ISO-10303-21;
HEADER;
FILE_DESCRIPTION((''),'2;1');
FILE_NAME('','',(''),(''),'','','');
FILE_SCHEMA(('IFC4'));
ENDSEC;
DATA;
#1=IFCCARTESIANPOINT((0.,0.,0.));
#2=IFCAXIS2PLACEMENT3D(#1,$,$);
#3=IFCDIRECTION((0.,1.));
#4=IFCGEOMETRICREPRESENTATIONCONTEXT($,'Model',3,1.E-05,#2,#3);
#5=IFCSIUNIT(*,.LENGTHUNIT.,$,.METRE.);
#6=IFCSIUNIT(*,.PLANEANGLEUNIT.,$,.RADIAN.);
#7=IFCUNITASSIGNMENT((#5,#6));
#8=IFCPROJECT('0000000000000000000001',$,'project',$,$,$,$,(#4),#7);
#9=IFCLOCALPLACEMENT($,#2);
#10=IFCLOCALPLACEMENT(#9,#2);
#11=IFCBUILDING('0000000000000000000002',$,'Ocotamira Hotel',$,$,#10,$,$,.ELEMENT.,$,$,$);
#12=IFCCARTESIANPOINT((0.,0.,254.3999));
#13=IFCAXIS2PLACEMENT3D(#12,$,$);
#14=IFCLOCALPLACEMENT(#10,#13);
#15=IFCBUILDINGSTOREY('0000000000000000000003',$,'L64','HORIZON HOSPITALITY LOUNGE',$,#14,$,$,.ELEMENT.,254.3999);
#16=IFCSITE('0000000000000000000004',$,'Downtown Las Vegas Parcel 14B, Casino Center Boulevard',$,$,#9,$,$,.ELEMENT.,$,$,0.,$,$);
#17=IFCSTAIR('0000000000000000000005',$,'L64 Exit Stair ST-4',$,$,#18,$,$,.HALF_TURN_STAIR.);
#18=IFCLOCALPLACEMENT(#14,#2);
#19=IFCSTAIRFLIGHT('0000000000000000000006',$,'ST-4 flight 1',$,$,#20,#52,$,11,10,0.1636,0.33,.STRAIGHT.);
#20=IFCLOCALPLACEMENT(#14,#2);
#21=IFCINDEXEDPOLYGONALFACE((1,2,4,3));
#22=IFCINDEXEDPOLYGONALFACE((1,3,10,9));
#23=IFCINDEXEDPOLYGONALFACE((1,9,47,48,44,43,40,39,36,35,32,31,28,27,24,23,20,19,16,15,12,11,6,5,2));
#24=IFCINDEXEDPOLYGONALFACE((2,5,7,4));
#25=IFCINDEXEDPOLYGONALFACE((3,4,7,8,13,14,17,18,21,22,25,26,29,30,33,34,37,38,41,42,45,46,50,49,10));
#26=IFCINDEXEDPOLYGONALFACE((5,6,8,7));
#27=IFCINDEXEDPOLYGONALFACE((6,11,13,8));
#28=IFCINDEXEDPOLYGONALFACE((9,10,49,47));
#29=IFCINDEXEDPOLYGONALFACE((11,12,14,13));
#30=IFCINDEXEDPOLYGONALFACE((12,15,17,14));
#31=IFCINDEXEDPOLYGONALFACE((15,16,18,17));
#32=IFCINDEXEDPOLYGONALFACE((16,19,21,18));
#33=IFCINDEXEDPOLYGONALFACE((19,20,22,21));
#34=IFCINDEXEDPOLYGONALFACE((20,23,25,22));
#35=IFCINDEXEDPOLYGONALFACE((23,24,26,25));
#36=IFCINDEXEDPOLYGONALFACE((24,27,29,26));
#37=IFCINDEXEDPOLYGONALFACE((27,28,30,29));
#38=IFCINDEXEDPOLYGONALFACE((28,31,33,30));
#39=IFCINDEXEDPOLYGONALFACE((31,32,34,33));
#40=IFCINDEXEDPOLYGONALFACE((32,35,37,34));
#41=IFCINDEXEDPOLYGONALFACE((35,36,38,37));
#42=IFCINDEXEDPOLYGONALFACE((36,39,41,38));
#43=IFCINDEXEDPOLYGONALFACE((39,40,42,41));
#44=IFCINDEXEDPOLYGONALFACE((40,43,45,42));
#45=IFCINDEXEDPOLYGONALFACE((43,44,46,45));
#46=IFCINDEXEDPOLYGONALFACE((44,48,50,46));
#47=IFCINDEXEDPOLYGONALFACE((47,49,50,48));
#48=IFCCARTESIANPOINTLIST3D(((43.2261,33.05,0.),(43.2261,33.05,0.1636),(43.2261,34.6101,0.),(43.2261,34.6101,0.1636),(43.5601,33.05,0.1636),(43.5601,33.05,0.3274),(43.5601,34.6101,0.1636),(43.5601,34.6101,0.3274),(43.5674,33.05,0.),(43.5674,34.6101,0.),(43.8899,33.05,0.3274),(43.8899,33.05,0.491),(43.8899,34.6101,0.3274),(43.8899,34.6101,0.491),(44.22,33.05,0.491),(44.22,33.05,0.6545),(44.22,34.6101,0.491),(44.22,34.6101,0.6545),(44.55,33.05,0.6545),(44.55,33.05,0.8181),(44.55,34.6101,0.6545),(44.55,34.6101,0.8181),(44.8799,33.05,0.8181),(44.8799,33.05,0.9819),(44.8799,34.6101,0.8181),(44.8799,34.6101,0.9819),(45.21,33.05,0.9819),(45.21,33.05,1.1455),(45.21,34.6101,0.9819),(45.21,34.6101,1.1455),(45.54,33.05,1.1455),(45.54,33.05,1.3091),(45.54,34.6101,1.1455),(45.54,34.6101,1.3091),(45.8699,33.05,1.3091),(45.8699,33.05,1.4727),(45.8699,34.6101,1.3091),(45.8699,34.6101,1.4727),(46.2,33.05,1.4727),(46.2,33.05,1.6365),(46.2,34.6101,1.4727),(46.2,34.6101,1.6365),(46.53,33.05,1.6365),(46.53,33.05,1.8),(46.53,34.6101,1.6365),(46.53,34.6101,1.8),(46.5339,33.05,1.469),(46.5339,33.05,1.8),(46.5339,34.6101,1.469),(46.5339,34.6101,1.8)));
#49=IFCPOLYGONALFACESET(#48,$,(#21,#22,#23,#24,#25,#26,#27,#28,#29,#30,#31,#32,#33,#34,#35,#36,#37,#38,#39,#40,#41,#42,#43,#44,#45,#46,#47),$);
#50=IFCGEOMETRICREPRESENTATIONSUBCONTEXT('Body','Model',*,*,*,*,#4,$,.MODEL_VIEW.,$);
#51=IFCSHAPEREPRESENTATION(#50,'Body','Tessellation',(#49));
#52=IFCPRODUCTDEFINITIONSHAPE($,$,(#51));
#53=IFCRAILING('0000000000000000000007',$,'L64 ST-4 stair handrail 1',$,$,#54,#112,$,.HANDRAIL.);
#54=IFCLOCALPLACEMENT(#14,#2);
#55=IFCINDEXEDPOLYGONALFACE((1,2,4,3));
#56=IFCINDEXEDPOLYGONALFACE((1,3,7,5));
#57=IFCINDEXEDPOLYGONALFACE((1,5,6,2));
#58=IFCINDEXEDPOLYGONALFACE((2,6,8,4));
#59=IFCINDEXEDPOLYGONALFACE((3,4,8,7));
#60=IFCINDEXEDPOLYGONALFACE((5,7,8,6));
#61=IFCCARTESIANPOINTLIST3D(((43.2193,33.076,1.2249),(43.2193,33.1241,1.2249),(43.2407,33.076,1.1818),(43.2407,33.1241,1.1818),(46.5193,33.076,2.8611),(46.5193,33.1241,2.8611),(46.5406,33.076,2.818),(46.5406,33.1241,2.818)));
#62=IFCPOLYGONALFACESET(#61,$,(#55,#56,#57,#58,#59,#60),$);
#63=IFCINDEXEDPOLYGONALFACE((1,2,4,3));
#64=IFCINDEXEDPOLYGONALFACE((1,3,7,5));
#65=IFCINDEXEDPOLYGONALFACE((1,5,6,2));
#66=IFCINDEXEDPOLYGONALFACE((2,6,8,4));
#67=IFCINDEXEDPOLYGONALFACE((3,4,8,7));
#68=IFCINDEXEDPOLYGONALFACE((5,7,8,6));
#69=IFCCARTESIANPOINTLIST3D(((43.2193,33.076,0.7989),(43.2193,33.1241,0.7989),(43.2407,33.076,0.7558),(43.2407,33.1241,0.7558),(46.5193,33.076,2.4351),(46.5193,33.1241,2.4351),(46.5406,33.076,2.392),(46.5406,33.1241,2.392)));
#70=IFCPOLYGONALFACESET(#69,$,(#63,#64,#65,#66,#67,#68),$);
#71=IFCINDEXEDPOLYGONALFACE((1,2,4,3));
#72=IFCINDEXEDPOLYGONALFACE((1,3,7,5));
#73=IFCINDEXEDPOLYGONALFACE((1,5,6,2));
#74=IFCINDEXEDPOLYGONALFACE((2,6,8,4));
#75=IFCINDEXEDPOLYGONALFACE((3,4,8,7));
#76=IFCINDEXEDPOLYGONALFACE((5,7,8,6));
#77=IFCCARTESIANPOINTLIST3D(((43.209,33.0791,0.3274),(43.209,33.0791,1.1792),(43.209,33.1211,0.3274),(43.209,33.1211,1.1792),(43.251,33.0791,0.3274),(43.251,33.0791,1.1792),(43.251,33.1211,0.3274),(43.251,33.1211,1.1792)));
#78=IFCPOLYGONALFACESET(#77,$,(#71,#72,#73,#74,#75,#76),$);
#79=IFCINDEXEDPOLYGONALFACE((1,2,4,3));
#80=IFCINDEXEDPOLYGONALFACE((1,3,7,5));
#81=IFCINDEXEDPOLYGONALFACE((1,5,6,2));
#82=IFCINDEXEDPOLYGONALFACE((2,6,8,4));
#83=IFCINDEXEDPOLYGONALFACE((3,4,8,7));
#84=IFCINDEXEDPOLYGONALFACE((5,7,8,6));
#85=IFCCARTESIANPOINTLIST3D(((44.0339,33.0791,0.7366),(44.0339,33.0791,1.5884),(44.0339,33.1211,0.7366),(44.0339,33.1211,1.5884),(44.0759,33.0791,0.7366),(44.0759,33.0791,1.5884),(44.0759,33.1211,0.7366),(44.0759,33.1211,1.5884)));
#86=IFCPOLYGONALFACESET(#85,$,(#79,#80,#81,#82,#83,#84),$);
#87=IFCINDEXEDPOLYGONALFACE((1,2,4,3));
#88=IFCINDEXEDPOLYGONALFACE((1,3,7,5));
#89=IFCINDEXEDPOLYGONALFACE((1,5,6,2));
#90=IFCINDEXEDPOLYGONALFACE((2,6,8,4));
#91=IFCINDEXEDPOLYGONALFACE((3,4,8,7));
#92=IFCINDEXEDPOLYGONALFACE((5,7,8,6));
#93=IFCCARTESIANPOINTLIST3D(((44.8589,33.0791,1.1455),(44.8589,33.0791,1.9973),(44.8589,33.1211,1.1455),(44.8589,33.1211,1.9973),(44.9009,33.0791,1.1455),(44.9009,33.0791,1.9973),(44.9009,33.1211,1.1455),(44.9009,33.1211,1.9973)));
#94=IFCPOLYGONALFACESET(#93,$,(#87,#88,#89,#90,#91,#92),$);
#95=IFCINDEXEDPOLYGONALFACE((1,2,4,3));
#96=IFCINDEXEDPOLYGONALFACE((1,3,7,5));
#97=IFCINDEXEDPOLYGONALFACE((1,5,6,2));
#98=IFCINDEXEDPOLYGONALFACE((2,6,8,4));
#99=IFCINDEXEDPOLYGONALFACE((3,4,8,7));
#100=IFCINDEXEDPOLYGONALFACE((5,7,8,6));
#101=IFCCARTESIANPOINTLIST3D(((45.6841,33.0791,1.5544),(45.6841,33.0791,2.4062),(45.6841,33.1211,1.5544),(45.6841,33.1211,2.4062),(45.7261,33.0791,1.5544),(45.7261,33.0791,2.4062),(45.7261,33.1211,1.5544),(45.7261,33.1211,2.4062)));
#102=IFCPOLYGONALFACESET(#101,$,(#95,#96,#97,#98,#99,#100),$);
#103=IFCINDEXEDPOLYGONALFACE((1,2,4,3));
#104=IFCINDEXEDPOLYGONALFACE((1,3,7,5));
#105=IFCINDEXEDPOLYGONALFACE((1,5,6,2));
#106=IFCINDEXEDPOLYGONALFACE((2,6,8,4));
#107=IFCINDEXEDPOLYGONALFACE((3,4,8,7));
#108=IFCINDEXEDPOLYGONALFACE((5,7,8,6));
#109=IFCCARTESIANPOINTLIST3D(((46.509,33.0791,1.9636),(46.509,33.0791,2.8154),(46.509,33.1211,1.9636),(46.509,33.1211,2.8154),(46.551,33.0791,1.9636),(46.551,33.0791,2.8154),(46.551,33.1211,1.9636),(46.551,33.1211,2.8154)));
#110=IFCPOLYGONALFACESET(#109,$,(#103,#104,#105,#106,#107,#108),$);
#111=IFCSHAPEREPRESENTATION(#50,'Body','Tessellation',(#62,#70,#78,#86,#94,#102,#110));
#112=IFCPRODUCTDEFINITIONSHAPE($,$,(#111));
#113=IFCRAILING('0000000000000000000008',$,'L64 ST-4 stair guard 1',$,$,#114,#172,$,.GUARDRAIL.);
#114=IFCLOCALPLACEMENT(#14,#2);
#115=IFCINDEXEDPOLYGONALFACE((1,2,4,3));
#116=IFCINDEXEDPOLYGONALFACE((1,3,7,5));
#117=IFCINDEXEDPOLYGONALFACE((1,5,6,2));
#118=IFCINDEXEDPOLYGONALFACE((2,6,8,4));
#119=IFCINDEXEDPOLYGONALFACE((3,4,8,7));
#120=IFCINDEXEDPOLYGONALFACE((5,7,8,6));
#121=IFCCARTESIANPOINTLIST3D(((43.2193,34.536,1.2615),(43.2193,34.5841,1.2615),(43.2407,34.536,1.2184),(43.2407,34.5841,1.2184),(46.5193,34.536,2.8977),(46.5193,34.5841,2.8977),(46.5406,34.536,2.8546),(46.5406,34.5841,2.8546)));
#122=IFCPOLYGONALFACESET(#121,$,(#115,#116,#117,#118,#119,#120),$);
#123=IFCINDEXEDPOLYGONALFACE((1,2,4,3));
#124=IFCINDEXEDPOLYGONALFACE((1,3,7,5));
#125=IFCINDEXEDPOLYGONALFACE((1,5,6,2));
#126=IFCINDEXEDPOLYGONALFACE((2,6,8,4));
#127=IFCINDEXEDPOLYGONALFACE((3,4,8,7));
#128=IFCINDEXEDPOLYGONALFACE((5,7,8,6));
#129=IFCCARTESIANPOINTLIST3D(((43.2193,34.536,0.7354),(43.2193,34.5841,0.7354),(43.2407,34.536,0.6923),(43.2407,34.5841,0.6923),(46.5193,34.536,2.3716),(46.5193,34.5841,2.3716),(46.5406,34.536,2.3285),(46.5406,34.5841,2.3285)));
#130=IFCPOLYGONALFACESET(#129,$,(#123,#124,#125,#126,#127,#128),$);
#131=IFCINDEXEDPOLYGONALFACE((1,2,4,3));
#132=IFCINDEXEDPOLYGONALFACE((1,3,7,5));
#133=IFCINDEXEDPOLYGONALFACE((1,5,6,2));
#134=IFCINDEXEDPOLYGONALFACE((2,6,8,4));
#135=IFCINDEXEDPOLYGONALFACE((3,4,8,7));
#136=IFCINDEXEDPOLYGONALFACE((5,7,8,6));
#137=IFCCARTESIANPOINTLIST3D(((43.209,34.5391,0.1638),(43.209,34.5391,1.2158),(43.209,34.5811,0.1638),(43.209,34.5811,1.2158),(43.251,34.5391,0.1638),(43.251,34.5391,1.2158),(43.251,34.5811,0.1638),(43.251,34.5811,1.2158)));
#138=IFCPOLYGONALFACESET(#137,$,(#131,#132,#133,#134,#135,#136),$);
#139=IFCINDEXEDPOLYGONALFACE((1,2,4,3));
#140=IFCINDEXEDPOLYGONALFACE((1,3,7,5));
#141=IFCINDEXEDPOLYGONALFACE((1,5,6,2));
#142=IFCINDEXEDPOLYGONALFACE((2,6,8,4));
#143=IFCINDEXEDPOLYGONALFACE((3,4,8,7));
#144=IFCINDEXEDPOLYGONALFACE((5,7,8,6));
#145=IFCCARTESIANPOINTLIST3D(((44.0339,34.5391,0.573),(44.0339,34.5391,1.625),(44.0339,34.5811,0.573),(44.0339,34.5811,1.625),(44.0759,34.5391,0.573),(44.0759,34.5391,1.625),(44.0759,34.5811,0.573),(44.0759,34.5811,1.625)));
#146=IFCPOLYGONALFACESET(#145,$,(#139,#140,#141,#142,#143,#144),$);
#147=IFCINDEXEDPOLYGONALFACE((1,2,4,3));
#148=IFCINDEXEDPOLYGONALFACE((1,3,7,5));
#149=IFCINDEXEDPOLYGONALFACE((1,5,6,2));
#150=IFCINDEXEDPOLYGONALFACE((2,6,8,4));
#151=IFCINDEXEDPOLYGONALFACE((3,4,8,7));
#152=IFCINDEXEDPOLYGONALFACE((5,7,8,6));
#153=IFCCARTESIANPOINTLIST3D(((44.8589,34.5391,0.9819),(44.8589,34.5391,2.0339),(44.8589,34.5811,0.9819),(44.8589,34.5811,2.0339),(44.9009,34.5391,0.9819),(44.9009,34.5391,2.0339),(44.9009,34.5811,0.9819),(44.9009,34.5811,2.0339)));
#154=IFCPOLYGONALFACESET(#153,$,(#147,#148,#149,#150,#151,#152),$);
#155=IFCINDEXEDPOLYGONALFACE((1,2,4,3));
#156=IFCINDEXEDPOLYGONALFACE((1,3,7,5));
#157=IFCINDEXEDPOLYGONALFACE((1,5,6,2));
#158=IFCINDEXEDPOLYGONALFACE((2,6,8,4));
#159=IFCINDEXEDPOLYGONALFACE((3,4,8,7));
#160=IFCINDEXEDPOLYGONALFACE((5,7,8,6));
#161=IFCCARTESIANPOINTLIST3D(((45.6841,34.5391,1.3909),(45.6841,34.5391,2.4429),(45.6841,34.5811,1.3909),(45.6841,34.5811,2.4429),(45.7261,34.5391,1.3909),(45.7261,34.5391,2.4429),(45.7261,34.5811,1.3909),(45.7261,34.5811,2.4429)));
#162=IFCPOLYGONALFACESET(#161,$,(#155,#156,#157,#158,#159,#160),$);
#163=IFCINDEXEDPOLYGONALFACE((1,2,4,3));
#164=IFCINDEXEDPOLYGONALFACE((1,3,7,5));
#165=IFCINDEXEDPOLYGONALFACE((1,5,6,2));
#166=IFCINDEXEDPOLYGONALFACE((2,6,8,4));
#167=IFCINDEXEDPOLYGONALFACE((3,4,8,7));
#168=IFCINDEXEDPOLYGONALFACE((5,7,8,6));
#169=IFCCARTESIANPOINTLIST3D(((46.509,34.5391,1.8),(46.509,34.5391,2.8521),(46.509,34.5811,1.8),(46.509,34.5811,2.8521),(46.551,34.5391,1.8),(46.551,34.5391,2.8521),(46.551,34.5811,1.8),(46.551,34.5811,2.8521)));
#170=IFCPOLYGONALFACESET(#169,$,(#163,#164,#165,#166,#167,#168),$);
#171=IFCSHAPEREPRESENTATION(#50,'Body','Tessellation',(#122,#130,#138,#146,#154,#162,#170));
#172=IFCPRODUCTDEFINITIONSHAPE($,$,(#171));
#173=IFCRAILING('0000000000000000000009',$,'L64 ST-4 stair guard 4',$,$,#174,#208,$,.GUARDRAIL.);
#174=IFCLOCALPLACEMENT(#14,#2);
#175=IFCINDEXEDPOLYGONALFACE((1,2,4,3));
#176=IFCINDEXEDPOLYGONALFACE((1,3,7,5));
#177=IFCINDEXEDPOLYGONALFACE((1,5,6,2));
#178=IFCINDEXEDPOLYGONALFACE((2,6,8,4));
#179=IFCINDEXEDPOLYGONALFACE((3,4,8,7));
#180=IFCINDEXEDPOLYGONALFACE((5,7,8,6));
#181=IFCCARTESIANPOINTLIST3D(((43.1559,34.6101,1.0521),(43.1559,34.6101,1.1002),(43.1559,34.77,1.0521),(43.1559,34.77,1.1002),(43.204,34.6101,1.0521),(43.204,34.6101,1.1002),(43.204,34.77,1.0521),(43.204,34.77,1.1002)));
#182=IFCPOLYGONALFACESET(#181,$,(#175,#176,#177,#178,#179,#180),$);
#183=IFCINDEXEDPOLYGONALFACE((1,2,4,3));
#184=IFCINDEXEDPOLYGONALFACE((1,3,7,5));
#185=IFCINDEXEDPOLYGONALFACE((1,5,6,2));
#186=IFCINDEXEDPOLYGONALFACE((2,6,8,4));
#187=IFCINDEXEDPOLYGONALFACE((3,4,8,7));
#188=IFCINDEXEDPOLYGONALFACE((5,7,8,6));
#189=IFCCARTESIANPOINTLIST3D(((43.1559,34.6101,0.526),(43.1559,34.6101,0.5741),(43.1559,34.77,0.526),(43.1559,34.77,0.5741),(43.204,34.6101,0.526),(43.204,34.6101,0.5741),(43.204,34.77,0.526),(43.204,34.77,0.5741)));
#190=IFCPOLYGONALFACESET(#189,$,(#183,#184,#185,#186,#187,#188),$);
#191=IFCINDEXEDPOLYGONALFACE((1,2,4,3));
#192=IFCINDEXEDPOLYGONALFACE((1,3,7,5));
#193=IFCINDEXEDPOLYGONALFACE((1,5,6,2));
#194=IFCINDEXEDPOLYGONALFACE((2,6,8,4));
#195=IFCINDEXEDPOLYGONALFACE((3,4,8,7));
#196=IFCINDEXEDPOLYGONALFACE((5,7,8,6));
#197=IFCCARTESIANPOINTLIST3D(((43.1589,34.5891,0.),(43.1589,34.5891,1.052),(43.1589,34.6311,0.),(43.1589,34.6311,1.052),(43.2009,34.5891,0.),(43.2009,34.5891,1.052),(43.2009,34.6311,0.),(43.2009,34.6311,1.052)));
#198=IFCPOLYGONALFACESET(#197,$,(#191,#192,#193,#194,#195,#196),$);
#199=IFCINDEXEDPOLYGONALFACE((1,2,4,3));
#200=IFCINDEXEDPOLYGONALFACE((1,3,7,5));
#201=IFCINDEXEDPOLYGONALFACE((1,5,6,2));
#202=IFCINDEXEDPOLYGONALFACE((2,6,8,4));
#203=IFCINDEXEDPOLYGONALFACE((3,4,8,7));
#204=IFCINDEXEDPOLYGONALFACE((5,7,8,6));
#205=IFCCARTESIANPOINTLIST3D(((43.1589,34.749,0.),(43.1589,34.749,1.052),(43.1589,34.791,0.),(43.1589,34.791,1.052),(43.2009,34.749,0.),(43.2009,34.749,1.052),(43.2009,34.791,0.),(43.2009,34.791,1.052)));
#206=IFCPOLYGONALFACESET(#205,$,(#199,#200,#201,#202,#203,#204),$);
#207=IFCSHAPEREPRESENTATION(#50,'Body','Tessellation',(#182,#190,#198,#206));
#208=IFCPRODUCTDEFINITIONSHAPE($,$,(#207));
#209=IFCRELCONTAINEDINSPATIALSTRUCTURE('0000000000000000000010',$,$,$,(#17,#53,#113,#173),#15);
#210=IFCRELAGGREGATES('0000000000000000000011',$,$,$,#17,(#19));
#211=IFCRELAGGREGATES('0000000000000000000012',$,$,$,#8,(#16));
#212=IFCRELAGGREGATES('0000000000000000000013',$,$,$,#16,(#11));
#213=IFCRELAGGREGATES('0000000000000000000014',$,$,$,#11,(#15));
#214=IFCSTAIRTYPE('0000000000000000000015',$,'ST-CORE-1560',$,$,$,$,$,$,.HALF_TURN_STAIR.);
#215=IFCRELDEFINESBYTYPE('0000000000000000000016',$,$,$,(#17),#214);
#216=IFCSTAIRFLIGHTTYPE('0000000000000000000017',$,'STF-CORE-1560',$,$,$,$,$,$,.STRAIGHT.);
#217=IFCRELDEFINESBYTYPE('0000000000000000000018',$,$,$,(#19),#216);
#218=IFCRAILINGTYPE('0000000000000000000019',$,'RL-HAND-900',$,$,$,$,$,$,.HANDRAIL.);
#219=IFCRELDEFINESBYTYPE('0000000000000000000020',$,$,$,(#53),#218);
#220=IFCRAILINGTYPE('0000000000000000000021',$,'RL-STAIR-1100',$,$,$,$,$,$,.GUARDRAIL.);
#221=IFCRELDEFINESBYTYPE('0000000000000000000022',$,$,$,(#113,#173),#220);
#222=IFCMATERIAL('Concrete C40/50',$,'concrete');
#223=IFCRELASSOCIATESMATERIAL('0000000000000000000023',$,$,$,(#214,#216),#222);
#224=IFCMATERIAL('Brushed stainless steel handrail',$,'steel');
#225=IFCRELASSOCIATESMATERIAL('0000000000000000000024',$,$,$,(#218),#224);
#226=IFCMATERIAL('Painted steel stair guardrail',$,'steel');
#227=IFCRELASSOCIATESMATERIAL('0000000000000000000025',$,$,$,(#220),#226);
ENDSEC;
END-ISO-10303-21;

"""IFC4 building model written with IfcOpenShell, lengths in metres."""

from ifc_helpers import new_model, si_unit, direction, frame, origin, origin_2d, place, context, subcontext, project, spatial, polyline, rectangle, outline, extrude, source, transform, mapped, material, type_object, element, aggregate, save


model = new_model("IFC4")

# Units and contexts
model_context = context("Model", 3, precision=1e-05, world=origin(), true_north=direction((0.0, 1.0)))
body_context = subcontext(model_context, "Body", "Model", "MODEL_VIEW")
ifc_project = project(units=[si_unit("LENGTHUNIT", "METRE"), si_unit("PLANEANGLEUNIT", "RADIAN")], contexts=[model_context])

# Site, building, storey
site_placement = place(None, origin())
site = spatial("IfcSite", under=ifc_project, at=site_placement, Name="Downtown Las Vegas Parcel 14B, Casino Center Boulevard", CompositionType="ELEMENT", RefElevation=0.0)
building_placement = place(site_placement, origin())
building = spatial("IfcBuilding", under=site, at=building_placement, Name="Ocotamira Hotel", CompositionType="ELEMENT")
storey_placement = place(building_placement, frame((0.0, 0.0, 254.3999)))
storey = spatial("IfcBuildingStorey", under=building, at=storey_placement, Name="L64", Description="HORIZON HOSPITALITY LOUNGE", CompositionType="ELEMENT", Elevation=254.3999)

# Stair, stair flight
ifc_material_1 = material(Name="Concrete C40/50", Category="concrete")
stair_type = type_object("IfcStairType", Name="ST-CORE-1560", PredefinedType="HALF_TURN_STAIR", material=ifc_material_1)
stair_placement = place(storey_placement, origin())
stair = element("IfcStair", 1, at=stair_placement, inside=storey, type_object=stair_type, Name="L64 Exit Stair ST-4", PredefinedType="HALF_TURN_STAIR")
stair_flight_type = type_object("IfcStairFlightType", Name="STF-CORE-1560", PredefinedType="STRAIGHT", material=ifc_material_1)
shared_shape_1 = source(origin(), body_context, "Body", "SweptSolid", [
    extrude(outline(polyline([(-0.0039, 0.0), (-0.0039, 0.1636), (0.3301, 0.1636), (0.3301, 0.3274), (0.6599, 0.3274), (0.6599, 0.491), (0.99, 0.491), (0.99, 0.6545), (1.3201, 0.6545), (1.3201, 0.8181), (1.6499, 0.8181), (1.6499, 0.9819), (1.98, 0.9819), (1.98, 1.1455), (2.3101, 1.1455), (2.3101, 1.3091), (2.6399, 1.3091), (2.6399, 1.4727), (2.97, 1.4727), (2.97, 1.6365), (3.3, 1.6365), (3.3, 1.8), (3.304, 1.8), (3.304, 1.469), (0.3374, 0.0), (-0.0039, 0.0)])), frame((0.0, 0.78, 0.0), z_axis=(0.0, -1.0, 0.0), x_axis=(1.0, 0.0, 0.0)), (0.0, 0.0, 1.0), 1.5601),
])
stair_flight_placement = place(storey_placement, frame((43.23, 33.8301, 0.0), z_axis=(0.0, 0.0, 1.0), x_axis=(1.0, 0.0, 0.0)))
stair_flight = element("IfcStairFlight", 2, at=stair_flight_placement, type_object=stair_flight_type, Name="ST-4 flight 1", NumberOfRisers=11, NumberOfTreads=10, PredefinedType="STRAIGHT", RiserHeight=0.1636, TreadLength=0.33, context=body_context, shape_type="MappedRepresentation", body=[
    mapped(shared_shape_1, transform((0.0, 0.0, 0.0), scale=1.0)),
])
aggregate(stair, [stair_flight])

# Railings
ifc_material_2 = material(Name="Brushed stainless steel handrail", Category="steel")
railing_type_1 = type_object("IfcRailingType", Name="RL-HAND-900", PredefinedType="HANDRAIL", material=ifc_material_2)
railing_1_placement = place(storey_placement, frame((43.23, 33.1001, 0.3274)))
element("IfcRailing", 3, at=railing_1_placement, inside=storey, type_object=railing_type_1, Name="L64 ST-4 stair handrail 1", PredefinedType="HANDRAIL", context=body_context, shape_type="SweptSolid", body=[
    extrude(rectangle(XDim=0.0481, YDim=0.0481, at=origin_2d()), frame((0.0, 0.0, 0.876), z_axis=(0.89592, 0.0, 0.444215), x_axis=(0.0, 1.0, 0.0)), (0.0, 0.0, 1.0), 3.6833),
    extrude(rectangle(XDim=0.0481, YDim=0.0481, at=origin_2d()), frame((0.0, 0.0, 0.45), z_axis=(0.89592, 0.0, 0.444215), x_axis=(0.0, 1.0, 0.0)), (0.0, 0.0, 1.0), 3.6833),
    extrude(rectangle(XDim=0.042, YDim=0.042, at=origin_2d()), origin(), (0.0, 0.0, 1.0), 0.8518),
    extrude(rectangle(XDim=0.042, YDim=0.042, at=origin_2d()), frame((0.825, 0.0, 0.4092)), (0.0, 0.0, 1.0), 0.8518),
    extrude(rectangle(XDim=0.042, YDim=0.042, at=origin_2d()), frame((1.6499, 0.0, 0.8181)), (0.0, 0.0, 1.0), 0.8518),
    extrude(rectangle(XDim=0.042, YDim=0.042, at=origin_2d()), frame((2.4751, 0.0, 1.2271)), (0.0, 0.0, 1.0), 0.8518),
    extrude(rectangle(XDim=0.042, YDim=0.042, at=origin_2d()), frame((3.3, 0.0, 1.6362)), (0.0, 0.0, 1.0), 0.8518),
])
ifc_material_3 = material(Name="Painted steel stair guardrail", Category="steel")
railing_type_2 = type_object("IfcRailingType", Name="RL-STAIR-1100", PredefinedType="GUARDRAIL", material=ifc_material_3)
railing_2_placement = place(storey_placement, frame((43.23, 34.5601, 0.1638)))
element("IfcRailing", 4, at=railing_2_placement, inside=storey, type_object=railing_type_2, Name="L64 ST-4 stair guard 1", PredefinedType="GUARDRAIL", context=body_context, shape_type="SweptSolid", body=[
    extrude(rectangle(XDim=0.0481, YDim=0.0481, at=origin_2d()), frame((0.0, 0.0, 1.0762), z_axis=(0.89592, 0.0, 0.444215), x_axis=(0.0, 1.0, 0.0)), (0.0, 0.0, 1.0), 3.6833),
    extrude(rectangle(XDim=0.0481, YDim=0.0481, at=origin_2d()), frame((0.0, 0.0, 0.55), z_axis=(0.89592, 0.0, 0.444215), x_axis=(0.0, 1.0, 0.0)), (0.0, 0.0, 1.0), 3.6833),
    extrude(rectangle(XDim=0.042, YDim=0.042, at=origin_2d()), origin(), (0.0, 0.0, 1.0), 1.052),
    extrude(rectangle(XDim=0.042, YDim=0.042, at=origin_2d()), frame((0.825, 0.0, 0.4092)), (0.0, 0.0, 1.0), 1.052),
    extrude(rectangle(XDim=0.042, YDim=0.042, at=origin_2d()), frame((1.6499, 0.0, 0.8181)), (0.0, 0.0, 1.0), 1.052),
    extrude(rectangle(XDim=0.042, YDim=0.042, at=origin_2d()), frame((2.4751, 0.0, 1.2271)), (0.0, 0.0, 1.0), 1.052),
    extrude(rectangle(XDim=0.042, YDim=0.042, at=origin_2d()), frame((3.3, 0.0, 1.6362)), (0.0, 0.0, 1.0), 1.052),
])
railing_3_placement = place(storey_placement, frame((43.1799, 34.6101, 0.0)))
element("IfcRailing", 5, at=railing_3_placement, inside=storey, type_object=railing_type_2, Name="L64 ST-4 stair guard 4", PredefinedType="GUARDRAIL", context=body_context, shape_type="SweptSolid", body=[
    extrude(rectangle(XDim=0.0481, YDim=0.0481, at=origin_2d()), frame((0.0, 0.0, 1.0762), z_axis=(0.0, 1.0, 0.0), x_axis=(-1.0, 0.0, 0.0)), (0.0, 0.0, 1.0), 0.1599),
    extrude(rectangle(XDim=0.0481, YDim=0.0481, at=origin_2d()), frame((0.0, 0.0, 0.55), z_axis=(0.0, 1.0, 0.0), x_axis=(-1.0, 0.0, 0.0)), (0.0, 0.0, 1.0), 0.1599),
    extrude(rectangle(XDim=0.042, YDim=0.042, at=origin_2d()), origin(), (0.0, 0.0, 1.0), 1.052),
    extrude(rectangle(XDim=0.042, YDim=0.042, at=origin_2d()), frame((0.0, 0.1599, 0.0)), (0.0, 0.0, 1.0), 1.052),
])

save(model, "model.ifc")
